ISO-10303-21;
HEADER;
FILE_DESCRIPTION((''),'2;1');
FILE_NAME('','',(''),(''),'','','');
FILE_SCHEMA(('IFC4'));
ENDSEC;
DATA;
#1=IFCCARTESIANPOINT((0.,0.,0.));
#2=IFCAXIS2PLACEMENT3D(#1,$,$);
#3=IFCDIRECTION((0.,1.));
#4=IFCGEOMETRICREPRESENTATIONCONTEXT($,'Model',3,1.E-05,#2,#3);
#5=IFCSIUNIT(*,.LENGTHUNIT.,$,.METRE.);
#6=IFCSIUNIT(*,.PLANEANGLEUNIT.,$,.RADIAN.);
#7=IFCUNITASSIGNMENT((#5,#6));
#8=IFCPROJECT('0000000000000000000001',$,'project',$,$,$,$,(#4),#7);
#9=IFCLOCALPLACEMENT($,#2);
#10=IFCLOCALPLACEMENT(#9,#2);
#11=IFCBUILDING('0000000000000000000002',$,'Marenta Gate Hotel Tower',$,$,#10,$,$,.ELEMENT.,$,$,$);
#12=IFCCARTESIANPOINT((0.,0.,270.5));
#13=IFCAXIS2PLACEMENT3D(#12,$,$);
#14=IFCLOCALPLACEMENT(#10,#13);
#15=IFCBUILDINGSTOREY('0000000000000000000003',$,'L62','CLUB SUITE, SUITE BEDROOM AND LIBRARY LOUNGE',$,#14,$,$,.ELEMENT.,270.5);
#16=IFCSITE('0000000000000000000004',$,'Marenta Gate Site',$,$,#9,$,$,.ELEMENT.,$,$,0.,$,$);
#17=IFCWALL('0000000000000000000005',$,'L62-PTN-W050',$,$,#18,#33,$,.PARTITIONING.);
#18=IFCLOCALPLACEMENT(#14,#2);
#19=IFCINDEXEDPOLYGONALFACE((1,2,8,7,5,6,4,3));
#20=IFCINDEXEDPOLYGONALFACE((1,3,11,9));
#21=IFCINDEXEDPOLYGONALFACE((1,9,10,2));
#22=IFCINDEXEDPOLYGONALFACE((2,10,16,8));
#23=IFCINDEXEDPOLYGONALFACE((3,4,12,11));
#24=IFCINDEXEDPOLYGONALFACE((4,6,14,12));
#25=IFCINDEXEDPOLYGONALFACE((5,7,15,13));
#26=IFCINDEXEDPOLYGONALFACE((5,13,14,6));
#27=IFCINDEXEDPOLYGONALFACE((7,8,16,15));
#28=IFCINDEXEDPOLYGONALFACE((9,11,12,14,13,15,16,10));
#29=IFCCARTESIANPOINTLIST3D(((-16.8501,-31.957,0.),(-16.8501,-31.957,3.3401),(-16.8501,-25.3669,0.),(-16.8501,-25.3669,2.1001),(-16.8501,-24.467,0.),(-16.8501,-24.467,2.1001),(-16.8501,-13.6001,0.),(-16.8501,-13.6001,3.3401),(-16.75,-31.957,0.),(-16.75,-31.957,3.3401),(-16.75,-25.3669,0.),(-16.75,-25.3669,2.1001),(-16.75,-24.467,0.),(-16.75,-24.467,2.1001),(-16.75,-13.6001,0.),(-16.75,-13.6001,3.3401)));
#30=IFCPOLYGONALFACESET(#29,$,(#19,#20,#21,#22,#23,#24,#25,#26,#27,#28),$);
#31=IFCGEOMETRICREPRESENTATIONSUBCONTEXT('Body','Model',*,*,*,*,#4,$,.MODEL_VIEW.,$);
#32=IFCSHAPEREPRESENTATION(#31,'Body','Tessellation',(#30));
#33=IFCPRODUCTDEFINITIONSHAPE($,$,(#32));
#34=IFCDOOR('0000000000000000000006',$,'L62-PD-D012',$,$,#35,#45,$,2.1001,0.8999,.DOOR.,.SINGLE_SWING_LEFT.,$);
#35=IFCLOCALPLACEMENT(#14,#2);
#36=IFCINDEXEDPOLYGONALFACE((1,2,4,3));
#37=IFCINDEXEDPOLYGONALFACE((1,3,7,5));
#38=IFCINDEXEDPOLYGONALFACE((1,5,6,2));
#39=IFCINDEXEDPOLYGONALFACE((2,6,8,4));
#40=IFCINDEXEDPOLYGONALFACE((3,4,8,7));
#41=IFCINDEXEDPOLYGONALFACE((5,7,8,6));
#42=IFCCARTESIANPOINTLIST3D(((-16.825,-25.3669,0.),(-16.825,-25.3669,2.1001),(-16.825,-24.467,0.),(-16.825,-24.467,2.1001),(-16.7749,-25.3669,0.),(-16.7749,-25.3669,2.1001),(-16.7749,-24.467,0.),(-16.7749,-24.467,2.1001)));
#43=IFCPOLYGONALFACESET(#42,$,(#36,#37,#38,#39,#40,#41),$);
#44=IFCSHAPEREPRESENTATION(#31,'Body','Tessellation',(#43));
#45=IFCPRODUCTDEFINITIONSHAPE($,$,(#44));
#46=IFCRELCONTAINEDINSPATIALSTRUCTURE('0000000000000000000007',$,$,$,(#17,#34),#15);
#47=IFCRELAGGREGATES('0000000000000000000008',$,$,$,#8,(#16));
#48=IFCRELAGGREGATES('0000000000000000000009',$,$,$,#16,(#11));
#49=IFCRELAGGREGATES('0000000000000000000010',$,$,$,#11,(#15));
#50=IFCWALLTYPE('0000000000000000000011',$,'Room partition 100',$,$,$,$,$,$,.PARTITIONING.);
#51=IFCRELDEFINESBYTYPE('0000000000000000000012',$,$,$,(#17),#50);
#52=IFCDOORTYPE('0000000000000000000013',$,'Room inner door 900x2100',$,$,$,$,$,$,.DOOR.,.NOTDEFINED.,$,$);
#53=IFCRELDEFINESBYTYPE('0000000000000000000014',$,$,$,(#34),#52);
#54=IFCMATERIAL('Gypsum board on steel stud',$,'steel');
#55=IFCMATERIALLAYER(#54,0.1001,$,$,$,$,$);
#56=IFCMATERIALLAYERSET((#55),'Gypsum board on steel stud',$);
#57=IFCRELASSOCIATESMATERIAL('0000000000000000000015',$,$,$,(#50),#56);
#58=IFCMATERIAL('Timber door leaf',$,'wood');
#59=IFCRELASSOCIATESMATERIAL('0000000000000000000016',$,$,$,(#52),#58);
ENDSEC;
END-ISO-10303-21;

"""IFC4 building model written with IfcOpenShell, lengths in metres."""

from ifc_helpers import new_model, si_unit, direction, frame, frame_2d, origin, place, context, subcontext, project, spatial, rectangle, extrude, material, layer, layer_set, type_object, element, fill, save


model = new_model("IFC4")

# Units and contexts
model_context = context("Model", 3, precision=1e-05, world=origin(), true_north=direction((0.0, 1.0)))
body_context = subcontext(model_context, "Body", "Model", "MODEL_VIEW")
ifc_project = project(units=[si_unit("LENGTHUNIT", "METRE"), si_unit("PLANEANGLEUNIT", "RADIAN")], contexts=[model_context])

# Site, building, storey
site_placement = place(None, origin())
site = spatial("IfcSite", under=ifc_project, at=site_placement, Name="Marenta Gate Site", CompositionType="ELEMENT", RefElevation=0.0)
building_placement = place(site_placement, origin())
building = spatial("IfcBuilding", under=site, at=building_placement, Name="Marenta Gate Hotel Tower", CompositionType="ELEMENT")
storey_placement = place(building_placement, frame((0.0, 0.0, 270.5)))
storey = spatial("IfcBuildingStorey", under=building, at=storey_placement, Name="L62", Description="CLUB SUITE, SUITE BEDROOM AND LIBRARY LOUNGE", CompositionType="ELEMENT", Elevation=270.5)

# Wall, opening, door
ifc_material_1 = material(Name="Gypsum board on steel stud", Category="steel")
ifc_layer_1 = layer(ifc_material_1, 0.1001)
ifc_layer_set_1 = layer_set([ifc_layer_1], Name="Gypsum board on steel stud")
wall_type = type_object("IfcWallType", Name="Room partition 100", PredefinedType="PARTITIONING", material=ifc_layer_set_1)
wall_placement = place(storey_placement, frame((-16.8, -31.957, 0.0), z_axis=(0.0, 0.0, 1.0), x_axis=(0.0, 1.0, 0.0)))
wall = element("IfcWall", 1, at=wall_placement, inside=storey, type_object=wall_type, Name="L62-PTN-W050", PredefinedType="PARTITIONING", context=body_context, shape_type="SweptSolid", body=[
    extrude(rectangle(XDim=18.3569, YDim=0.1001, at=frame_2d((9.1785, 0.0))), origin(), (0.0, 0.0, 1.0), 3.3401),
])
opening_placement = place(wall_placement, frame((6.5901, 0.0, 0.0)))
opening = element("IfcOpeningElement", 2, at=opening_placement, cuts=wall, PredefinedType="OPENING", context=body_context, shape_type="SweptSolid", body=[
    extrude(rectangle(XDim=0.8999, YDim=2.1001, at=frame_2d((0.45, 1.05))), frame((0.0, 0.05, 0.0), z_axis=(0.0, -1.0, 0.0), x_axis=(1.0, 0.0, 0.0)), (0.0, 0.0, 1.0), 0.1001),
])
ifc_material_2 = material(Name="Timber door leaf", Category="wood")
door_type = type_object("IfcDoorType", Name="Room inner door 900x2100", OperationType="NOTDEFINED", PredefinedType="DOOR", material=ifc_material_2)
door_placement = place(opening_placement, origin())
door = element("IfcDoor", 3, at=door_placement, inside=storey, type_object=door_type, Name="L62-PD-D012", OperationType="SINGLE_SWING_LEFT", OverallHeight=2.1001, OverallWidth=0.8999, PredefinedType="DOOR", context=body_context, shape_type="SweptSolid", body=[
    extrude(rectangle(XDim=0.8999, YDim=2.1001, at=frame_2d((0.45, 1.05))), frame((0.0, 0.0249, 0.0), z_axis=(0.0, -1.0, 0.0), x_axis=(1.0, 0.0, 0.0)), (0.0, 0.0, 1.0), 0.05),
])
fill(opening, door)

save(model, "model.ifc")
